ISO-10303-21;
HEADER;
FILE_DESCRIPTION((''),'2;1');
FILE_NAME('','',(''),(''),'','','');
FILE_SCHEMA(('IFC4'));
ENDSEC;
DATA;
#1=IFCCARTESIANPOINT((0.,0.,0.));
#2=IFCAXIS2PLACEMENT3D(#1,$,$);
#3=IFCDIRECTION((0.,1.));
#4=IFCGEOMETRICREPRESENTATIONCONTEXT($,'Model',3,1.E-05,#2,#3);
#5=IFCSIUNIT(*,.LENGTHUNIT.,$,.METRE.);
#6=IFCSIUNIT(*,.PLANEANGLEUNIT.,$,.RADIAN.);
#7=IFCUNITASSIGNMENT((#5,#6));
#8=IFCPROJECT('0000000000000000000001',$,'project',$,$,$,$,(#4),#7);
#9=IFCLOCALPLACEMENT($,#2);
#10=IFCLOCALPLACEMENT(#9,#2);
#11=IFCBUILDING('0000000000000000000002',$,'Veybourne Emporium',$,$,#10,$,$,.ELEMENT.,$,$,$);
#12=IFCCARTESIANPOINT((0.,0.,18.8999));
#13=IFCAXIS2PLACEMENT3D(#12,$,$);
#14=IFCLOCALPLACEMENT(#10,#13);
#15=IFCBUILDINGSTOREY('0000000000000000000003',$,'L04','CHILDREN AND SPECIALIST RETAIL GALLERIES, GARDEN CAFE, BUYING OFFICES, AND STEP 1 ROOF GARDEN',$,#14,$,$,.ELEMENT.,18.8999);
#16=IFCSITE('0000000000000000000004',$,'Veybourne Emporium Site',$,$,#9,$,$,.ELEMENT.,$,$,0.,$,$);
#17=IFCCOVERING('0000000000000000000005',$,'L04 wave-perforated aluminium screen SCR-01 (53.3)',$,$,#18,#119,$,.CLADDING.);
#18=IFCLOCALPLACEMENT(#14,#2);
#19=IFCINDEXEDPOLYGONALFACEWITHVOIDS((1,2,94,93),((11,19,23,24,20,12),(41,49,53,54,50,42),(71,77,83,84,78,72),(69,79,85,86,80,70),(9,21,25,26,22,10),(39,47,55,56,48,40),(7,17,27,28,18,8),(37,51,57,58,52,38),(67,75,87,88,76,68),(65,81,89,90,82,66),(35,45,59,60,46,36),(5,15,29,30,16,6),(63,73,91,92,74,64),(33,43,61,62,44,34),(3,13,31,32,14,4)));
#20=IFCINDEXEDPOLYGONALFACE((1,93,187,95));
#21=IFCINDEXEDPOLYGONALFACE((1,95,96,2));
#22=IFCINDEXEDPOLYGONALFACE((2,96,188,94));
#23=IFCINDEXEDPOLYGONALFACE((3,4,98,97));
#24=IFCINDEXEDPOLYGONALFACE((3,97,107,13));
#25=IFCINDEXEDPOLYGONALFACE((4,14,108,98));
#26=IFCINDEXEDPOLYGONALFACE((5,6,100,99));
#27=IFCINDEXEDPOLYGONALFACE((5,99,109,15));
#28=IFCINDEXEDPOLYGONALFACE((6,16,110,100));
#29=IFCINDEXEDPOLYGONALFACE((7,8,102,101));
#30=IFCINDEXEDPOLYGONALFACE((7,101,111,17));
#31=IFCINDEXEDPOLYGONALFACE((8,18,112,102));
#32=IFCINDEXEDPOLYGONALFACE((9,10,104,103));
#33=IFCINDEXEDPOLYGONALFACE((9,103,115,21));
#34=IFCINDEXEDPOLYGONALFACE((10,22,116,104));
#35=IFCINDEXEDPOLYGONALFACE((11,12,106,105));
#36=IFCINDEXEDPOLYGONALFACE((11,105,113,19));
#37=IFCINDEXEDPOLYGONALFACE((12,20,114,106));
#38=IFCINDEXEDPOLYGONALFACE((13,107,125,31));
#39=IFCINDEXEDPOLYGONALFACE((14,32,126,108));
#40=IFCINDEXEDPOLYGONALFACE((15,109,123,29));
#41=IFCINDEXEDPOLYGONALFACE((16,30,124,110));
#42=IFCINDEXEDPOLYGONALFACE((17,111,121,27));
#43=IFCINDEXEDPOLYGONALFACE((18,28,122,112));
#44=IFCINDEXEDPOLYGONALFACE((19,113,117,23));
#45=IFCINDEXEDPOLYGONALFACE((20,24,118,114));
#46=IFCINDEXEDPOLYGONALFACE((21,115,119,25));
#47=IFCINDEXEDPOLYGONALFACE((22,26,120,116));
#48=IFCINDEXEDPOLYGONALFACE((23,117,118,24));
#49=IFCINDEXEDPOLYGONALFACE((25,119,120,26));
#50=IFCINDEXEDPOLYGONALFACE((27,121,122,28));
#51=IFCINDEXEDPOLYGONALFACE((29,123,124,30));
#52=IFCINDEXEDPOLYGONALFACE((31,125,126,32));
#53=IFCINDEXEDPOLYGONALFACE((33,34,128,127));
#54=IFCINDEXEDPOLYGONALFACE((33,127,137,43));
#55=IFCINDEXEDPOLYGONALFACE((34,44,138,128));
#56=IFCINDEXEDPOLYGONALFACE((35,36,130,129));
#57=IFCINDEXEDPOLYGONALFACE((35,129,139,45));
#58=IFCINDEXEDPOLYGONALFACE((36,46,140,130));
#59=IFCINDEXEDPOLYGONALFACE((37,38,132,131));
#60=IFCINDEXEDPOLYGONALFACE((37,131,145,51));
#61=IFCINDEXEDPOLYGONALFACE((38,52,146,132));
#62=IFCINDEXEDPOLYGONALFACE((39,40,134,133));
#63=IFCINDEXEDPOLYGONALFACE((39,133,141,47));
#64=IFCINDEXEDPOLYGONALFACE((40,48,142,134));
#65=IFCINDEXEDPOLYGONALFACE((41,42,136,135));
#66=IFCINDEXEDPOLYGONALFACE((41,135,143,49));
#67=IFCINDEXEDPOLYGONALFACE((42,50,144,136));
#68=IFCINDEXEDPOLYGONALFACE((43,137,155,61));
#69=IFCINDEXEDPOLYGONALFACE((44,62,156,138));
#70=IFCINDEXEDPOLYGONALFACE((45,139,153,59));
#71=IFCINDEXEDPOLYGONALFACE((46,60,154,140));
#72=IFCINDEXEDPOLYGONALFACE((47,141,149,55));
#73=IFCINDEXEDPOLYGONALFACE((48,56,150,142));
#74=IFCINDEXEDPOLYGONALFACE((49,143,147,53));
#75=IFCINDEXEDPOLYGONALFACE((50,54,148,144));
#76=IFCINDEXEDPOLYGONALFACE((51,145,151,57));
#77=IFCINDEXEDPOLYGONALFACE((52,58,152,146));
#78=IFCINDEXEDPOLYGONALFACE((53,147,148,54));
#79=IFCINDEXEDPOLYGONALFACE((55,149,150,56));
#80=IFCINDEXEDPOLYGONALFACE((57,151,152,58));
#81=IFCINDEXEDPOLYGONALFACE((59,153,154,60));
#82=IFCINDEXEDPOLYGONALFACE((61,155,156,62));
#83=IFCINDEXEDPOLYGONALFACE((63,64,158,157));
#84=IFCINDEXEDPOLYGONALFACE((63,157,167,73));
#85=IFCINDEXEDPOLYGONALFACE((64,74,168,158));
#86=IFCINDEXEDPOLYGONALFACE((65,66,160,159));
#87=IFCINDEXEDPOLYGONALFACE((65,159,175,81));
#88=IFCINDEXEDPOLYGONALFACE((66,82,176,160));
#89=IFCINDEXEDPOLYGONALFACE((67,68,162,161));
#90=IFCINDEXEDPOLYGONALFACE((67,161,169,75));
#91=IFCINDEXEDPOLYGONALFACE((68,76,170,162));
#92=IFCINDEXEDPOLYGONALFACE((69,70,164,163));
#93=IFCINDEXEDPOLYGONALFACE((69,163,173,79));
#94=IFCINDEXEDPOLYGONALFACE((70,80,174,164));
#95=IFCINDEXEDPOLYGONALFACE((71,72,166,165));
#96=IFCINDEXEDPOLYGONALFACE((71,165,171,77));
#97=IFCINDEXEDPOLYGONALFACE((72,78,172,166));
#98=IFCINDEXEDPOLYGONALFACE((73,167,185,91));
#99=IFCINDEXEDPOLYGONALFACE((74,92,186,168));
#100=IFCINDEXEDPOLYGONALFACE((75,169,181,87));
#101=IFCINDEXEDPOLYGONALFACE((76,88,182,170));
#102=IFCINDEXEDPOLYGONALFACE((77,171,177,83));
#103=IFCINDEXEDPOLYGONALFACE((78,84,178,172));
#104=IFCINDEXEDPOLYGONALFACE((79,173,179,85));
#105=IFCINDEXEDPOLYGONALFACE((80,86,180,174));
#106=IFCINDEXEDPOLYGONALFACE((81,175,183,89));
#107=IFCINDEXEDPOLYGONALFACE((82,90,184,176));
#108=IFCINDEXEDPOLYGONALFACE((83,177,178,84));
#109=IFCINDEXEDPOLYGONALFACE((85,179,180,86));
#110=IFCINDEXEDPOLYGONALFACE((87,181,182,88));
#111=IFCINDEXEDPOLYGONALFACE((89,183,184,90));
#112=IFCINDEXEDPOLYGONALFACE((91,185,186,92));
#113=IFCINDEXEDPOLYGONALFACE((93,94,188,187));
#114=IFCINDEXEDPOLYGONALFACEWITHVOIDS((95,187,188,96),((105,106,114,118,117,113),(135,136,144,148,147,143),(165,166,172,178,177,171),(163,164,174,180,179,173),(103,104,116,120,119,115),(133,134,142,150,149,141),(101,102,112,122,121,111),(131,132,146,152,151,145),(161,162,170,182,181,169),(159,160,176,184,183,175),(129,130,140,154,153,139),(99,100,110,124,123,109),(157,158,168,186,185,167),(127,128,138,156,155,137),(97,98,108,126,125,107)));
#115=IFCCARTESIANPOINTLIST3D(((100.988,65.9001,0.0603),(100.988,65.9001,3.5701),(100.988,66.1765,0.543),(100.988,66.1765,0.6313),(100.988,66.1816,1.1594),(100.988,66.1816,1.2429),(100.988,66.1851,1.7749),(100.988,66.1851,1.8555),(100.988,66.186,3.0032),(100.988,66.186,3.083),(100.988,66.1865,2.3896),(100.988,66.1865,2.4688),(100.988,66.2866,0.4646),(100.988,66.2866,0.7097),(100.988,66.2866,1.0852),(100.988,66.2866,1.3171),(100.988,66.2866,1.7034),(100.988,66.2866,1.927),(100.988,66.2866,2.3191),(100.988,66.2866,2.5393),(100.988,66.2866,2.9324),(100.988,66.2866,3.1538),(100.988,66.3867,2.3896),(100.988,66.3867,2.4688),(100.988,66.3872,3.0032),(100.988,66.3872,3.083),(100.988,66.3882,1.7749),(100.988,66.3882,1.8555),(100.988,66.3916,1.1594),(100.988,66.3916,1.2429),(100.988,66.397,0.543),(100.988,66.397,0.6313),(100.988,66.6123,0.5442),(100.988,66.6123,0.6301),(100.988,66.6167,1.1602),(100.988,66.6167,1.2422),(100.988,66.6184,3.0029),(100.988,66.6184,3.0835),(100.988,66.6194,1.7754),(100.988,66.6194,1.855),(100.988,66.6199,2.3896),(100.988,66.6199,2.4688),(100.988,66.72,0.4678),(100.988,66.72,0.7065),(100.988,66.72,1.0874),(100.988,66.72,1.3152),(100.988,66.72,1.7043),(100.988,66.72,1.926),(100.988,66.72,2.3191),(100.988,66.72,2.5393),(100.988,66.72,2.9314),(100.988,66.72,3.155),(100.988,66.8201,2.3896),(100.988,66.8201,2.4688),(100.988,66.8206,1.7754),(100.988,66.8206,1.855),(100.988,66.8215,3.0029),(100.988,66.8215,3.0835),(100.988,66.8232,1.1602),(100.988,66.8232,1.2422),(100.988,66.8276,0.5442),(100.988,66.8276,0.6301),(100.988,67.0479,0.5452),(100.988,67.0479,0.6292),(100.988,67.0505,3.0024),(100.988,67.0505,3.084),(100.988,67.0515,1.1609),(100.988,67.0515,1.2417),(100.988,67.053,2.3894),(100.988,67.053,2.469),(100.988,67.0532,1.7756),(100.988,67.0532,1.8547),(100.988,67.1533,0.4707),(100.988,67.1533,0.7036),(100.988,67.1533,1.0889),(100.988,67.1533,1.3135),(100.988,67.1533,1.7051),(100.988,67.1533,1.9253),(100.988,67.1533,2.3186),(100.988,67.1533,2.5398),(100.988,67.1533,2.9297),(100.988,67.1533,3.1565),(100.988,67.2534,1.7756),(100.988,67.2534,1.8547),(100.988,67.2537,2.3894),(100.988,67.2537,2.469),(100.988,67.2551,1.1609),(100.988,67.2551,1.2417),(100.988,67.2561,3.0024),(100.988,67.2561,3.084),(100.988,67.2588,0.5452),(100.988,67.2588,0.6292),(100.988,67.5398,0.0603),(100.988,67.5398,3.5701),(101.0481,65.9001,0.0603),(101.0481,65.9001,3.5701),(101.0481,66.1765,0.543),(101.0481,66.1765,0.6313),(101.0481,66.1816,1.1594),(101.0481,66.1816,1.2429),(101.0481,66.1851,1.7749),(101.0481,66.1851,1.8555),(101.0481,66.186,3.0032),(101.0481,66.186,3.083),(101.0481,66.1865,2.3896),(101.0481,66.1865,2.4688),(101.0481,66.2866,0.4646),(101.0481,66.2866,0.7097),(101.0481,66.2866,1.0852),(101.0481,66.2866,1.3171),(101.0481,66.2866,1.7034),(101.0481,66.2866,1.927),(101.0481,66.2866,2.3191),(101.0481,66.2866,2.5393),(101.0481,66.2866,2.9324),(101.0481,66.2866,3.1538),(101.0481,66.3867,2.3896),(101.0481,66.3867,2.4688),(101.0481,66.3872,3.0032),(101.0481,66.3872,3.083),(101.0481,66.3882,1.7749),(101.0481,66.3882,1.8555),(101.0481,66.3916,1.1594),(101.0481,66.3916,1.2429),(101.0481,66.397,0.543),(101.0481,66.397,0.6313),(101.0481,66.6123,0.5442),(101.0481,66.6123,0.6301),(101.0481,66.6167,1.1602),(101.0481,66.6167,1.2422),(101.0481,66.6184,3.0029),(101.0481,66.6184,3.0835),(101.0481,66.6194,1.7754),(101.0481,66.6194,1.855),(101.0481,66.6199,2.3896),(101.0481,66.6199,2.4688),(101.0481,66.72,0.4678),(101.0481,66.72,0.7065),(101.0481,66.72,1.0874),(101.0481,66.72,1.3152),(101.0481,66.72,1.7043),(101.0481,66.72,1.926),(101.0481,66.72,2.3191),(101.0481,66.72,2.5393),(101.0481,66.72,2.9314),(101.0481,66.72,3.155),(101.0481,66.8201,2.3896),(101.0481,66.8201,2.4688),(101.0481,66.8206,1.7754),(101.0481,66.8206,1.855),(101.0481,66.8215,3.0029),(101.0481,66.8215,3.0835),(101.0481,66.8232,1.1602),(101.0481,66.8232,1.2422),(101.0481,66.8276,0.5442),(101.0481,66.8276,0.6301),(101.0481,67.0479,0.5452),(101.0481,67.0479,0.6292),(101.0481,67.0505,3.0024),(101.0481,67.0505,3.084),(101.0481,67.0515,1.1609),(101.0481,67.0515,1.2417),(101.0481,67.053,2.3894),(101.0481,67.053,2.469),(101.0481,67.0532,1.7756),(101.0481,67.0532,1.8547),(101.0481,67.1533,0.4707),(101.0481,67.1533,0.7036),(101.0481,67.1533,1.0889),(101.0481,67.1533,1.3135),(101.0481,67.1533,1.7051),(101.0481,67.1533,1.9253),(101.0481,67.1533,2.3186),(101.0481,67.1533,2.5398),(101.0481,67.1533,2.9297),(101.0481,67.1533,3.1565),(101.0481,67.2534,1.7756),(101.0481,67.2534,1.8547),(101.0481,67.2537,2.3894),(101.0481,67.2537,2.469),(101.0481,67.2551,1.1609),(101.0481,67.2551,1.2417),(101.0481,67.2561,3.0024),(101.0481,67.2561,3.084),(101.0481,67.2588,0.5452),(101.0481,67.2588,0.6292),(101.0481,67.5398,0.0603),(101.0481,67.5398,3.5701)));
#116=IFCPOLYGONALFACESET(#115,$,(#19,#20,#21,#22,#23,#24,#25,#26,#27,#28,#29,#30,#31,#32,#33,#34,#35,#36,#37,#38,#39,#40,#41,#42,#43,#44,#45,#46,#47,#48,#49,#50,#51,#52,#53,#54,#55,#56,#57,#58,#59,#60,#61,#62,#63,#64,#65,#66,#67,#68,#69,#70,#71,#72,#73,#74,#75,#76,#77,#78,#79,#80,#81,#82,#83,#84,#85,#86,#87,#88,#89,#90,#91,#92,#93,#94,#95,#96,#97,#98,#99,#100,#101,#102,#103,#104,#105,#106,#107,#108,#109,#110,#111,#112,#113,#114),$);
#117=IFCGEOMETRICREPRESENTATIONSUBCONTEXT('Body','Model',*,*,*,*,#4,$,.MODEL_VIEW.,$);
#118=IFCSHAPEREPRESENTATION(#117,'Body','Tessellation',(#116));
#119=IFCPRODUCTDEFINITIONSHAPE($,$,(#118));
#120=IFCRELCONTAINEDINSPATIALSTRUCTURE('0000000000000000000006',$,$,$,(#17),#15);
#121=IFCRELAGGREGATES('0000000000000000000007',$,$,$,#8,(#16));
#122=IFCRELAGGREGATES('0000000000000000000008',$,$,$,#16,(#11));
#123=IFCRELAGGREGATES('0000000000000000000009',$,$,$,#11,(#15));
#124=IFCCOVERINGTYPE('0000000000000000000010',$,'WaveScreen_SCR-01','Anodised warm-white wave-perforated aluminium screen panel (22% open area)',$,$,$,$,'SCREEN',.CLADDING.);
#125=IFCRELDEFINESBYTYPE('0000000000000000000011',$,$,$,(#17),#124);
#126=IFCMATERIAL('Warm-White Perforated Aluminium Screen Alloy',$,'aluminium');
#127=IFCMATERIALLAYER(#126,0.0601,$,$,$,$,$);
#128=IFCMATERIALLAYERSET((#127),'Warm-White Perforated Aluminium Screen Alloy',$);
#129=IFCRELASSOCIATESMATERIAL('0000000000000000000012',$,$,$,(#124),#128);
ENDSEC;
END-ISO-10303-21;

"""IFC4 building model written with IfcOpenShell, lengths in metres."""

from ifc_helpers import new_model, si_unit, direction, frame, origin, place, context, subcontext, project, spatial, polyline, outline, extrude, material, layer, layer_set, type_object, element, save


model = new_model("IFC4")

# Units and contexts
model_context = context("Model", 3, precision=1e-05, world=origin(), true_north=direction((0.0, 1.0)))
body_context = subcontext(model_context, "Body", "Model", "MODEL_VIEW")
ifc_project = project(units=[si_unit("LENGTHUNIT", "METRE"), si_unit("PLANEANGLEUNIT", "RADIAN")], contexts=[model_context])

# Site, building, storey
site_placement = place(None, origin())
site = spatial("IfcSite", under=ifc_project, at=site_placement, Name="Veybourne Emporium Site", CompositionType="ELEMENT", RefElevation=0.0)
building_placement = place(site_placement, origin())
building = spatial("IfcBuilding", under=site, at=building_placement, Name="Veybourne Emporium", CompositionType="ELEMENT")
storey_placement = place(building_placement, frame((0.0, 0.0, 18.8999)))
storey = spatial("IfcBuildingStorey", under=building, at=storey_placement, Name="L04", Description="CHILDREN AND SPECIALIST RETAIL GALLERIES, GARDEN CAFE, BUYING OFFICES, AND STEP 1 ROOF GARDEN", CompositionType="ELEMENT", Elevation=18.8999)

# Covering
ifc_material_1 = material(Name="Warm-White Perforated Aluminium Screen Alloy", Category="aluminium")
ifc_layer_1 = layer(ifc_material_1, 0.0601)
ifc_layer_set_1 = layer_set([ifc_layer_1], Name="Warm-White Perforated Aluminium Screen Alloy")
covering_type_1 = type_object("IfcCoveringType", Name="WaveScreen_SCR-01", Description="Anodised warm-white wave-perforated aluminium screen panel (22% open area)", ElementType="SCREEN", PredefinedType="CLADDING", material=ifc_layer_set_1)
covering_1_placement = place(storey_placement, frame((101.0481, 66.72, 1.8152), z_axis=(-1.0, 0.0, 0.0), x_axis=(0.0, -1.0, 0.0)))
element("IfcCovering", 1, at=covering_1_placement, inside=storey, type_object=covering_type_1, Name="L04 wave-perforated aluminium screen SCR-01 (53.3)", PredefinedType="CLADDING", context=body_context, shape_type="SweptSolid", body=[
    extrude(outline(polyline([(-0.8198, -1.7549), (0.8198, -1.7549), (0.8198, 1.7549), (-0.8198, 1.7549), (-0.8198, -1.7549)]), holes=[polyline([(-0.4333, -1.1116), (-0.3279, -1.186), (-0.3279, -1.27), (-0.4333, -1.3445), (-0.5388, -1.27), (-0.5388, -1.186), (-0.4333, -1.1116)]), polyline([(-0.4333, -0.5017), (-0.3315, -0.5735), (-0.3315, -0.6543), (-0.4333, -0.7263), (-0.5352, -0.6543), (-0.5352, -0.5735), (-0.4333, -0.5017)]), polyline([(-0.4333, 0.1101), (-0.3333, 0.0396), (-0.3333, -0.0396), (-0.4333, -0.1101), (-0.5334, -0.0396), (-0.5334, 0.0396), (-0.4333, 0.1101)]), polyline([(-0.4333, 0.7246), (-0.333, 0.6538), (-0.333, 0.5742), (-0.4333, 0.5034), (-0.5337, 0.5742), (-0.5337, 0.6538), (-0.4333, 0.7246)]), polyline([(-0.4333, 1.3413), (-0.3306, 1.2688), (-0.3306, 1.1873), (-0.4333, 1.1145), (-0.5361, 1.1873), (-0.5361, 1.2688), (-0.4333, 1.3413)]), polyline([(0.0, -1.1086), (0.1077, -1.1851), (0.1077, -1.271), (0.0, -1.3474), (-0.1077, -1.271), (-0.1077, -1.1851), (0.0, -1.1086)]), polyline([(0.0, -0.5), (0.1033, -0.573), (0.1033, -0.655), (0.0, -0.7278), (-0.1033, -0.655), (-0.1033, -0.573), (0.0, -0.5)]), polyline([(0.0, 0.1108), (0.1006, 0.0398), (0.1006, -0.0398), (0.0, -0.1108), (-0.1006, -0.0398), (-0.1006, 0.0398), (0.0, 0.1108)]), polyline([(0.0, 0.7241), (0.1001, 0.6536), (0.1001, 0.5745), (0.0, 0.5039), (-0.1001, 0.5745), (-0.1001, 0.6536), (0.0, 0.7241)]), polyline([(0.0, 1.3398), (0.1016, 1.2683), (0.1016, 1.1877), (0.0, 1.1162), (-0.1016, 1.1877), (-0.1016, 1.2683), (0.0, 1.3398)]), polyline([(0.4333, -1.1055), (0.5435, -1.1838), (0.5435, -1.2722), (0.4333, -1.3506), (0.323, -1.2722), (0.323, -1.1838), (0.4333, -1.1055)]), polyline([(0.4333, -0.498), (0.5383, -0.5723), (0.5383, -0.6558), (0.4333, -0.73), (0.3284, -0.6558), (0.3284, -0.5723), (0.4333, -0.498)]), polyline([(0.4333, 0.1118), (0.5349, 0.0403), (0.5349, -0.0403), (0.4333, -0.1118), (0.3318, -0.0403), (0.3318, 0.0403), (0.4333, 0.1118)]), polyline([(0.4333, 0.7241), (0.5334, 0.6536), (0.5334, 0.5745), (0.4333, 0.5039), (0.3333, 0.5745), (0.3333, 0.6536), (0.4333, 0.7241)]), polyline([(0.4333, 1.3386), (0.5339, 1.2678), (0.5339, 1.188), (0.4333, 1.1172), (0.3328, 1.188), (0.3328, 1.2678), (0.4333, 1.3386)])]), origin(), (0.0, 0.0, 1.0), 0.0601),
])

save(model, "model.ifc")
